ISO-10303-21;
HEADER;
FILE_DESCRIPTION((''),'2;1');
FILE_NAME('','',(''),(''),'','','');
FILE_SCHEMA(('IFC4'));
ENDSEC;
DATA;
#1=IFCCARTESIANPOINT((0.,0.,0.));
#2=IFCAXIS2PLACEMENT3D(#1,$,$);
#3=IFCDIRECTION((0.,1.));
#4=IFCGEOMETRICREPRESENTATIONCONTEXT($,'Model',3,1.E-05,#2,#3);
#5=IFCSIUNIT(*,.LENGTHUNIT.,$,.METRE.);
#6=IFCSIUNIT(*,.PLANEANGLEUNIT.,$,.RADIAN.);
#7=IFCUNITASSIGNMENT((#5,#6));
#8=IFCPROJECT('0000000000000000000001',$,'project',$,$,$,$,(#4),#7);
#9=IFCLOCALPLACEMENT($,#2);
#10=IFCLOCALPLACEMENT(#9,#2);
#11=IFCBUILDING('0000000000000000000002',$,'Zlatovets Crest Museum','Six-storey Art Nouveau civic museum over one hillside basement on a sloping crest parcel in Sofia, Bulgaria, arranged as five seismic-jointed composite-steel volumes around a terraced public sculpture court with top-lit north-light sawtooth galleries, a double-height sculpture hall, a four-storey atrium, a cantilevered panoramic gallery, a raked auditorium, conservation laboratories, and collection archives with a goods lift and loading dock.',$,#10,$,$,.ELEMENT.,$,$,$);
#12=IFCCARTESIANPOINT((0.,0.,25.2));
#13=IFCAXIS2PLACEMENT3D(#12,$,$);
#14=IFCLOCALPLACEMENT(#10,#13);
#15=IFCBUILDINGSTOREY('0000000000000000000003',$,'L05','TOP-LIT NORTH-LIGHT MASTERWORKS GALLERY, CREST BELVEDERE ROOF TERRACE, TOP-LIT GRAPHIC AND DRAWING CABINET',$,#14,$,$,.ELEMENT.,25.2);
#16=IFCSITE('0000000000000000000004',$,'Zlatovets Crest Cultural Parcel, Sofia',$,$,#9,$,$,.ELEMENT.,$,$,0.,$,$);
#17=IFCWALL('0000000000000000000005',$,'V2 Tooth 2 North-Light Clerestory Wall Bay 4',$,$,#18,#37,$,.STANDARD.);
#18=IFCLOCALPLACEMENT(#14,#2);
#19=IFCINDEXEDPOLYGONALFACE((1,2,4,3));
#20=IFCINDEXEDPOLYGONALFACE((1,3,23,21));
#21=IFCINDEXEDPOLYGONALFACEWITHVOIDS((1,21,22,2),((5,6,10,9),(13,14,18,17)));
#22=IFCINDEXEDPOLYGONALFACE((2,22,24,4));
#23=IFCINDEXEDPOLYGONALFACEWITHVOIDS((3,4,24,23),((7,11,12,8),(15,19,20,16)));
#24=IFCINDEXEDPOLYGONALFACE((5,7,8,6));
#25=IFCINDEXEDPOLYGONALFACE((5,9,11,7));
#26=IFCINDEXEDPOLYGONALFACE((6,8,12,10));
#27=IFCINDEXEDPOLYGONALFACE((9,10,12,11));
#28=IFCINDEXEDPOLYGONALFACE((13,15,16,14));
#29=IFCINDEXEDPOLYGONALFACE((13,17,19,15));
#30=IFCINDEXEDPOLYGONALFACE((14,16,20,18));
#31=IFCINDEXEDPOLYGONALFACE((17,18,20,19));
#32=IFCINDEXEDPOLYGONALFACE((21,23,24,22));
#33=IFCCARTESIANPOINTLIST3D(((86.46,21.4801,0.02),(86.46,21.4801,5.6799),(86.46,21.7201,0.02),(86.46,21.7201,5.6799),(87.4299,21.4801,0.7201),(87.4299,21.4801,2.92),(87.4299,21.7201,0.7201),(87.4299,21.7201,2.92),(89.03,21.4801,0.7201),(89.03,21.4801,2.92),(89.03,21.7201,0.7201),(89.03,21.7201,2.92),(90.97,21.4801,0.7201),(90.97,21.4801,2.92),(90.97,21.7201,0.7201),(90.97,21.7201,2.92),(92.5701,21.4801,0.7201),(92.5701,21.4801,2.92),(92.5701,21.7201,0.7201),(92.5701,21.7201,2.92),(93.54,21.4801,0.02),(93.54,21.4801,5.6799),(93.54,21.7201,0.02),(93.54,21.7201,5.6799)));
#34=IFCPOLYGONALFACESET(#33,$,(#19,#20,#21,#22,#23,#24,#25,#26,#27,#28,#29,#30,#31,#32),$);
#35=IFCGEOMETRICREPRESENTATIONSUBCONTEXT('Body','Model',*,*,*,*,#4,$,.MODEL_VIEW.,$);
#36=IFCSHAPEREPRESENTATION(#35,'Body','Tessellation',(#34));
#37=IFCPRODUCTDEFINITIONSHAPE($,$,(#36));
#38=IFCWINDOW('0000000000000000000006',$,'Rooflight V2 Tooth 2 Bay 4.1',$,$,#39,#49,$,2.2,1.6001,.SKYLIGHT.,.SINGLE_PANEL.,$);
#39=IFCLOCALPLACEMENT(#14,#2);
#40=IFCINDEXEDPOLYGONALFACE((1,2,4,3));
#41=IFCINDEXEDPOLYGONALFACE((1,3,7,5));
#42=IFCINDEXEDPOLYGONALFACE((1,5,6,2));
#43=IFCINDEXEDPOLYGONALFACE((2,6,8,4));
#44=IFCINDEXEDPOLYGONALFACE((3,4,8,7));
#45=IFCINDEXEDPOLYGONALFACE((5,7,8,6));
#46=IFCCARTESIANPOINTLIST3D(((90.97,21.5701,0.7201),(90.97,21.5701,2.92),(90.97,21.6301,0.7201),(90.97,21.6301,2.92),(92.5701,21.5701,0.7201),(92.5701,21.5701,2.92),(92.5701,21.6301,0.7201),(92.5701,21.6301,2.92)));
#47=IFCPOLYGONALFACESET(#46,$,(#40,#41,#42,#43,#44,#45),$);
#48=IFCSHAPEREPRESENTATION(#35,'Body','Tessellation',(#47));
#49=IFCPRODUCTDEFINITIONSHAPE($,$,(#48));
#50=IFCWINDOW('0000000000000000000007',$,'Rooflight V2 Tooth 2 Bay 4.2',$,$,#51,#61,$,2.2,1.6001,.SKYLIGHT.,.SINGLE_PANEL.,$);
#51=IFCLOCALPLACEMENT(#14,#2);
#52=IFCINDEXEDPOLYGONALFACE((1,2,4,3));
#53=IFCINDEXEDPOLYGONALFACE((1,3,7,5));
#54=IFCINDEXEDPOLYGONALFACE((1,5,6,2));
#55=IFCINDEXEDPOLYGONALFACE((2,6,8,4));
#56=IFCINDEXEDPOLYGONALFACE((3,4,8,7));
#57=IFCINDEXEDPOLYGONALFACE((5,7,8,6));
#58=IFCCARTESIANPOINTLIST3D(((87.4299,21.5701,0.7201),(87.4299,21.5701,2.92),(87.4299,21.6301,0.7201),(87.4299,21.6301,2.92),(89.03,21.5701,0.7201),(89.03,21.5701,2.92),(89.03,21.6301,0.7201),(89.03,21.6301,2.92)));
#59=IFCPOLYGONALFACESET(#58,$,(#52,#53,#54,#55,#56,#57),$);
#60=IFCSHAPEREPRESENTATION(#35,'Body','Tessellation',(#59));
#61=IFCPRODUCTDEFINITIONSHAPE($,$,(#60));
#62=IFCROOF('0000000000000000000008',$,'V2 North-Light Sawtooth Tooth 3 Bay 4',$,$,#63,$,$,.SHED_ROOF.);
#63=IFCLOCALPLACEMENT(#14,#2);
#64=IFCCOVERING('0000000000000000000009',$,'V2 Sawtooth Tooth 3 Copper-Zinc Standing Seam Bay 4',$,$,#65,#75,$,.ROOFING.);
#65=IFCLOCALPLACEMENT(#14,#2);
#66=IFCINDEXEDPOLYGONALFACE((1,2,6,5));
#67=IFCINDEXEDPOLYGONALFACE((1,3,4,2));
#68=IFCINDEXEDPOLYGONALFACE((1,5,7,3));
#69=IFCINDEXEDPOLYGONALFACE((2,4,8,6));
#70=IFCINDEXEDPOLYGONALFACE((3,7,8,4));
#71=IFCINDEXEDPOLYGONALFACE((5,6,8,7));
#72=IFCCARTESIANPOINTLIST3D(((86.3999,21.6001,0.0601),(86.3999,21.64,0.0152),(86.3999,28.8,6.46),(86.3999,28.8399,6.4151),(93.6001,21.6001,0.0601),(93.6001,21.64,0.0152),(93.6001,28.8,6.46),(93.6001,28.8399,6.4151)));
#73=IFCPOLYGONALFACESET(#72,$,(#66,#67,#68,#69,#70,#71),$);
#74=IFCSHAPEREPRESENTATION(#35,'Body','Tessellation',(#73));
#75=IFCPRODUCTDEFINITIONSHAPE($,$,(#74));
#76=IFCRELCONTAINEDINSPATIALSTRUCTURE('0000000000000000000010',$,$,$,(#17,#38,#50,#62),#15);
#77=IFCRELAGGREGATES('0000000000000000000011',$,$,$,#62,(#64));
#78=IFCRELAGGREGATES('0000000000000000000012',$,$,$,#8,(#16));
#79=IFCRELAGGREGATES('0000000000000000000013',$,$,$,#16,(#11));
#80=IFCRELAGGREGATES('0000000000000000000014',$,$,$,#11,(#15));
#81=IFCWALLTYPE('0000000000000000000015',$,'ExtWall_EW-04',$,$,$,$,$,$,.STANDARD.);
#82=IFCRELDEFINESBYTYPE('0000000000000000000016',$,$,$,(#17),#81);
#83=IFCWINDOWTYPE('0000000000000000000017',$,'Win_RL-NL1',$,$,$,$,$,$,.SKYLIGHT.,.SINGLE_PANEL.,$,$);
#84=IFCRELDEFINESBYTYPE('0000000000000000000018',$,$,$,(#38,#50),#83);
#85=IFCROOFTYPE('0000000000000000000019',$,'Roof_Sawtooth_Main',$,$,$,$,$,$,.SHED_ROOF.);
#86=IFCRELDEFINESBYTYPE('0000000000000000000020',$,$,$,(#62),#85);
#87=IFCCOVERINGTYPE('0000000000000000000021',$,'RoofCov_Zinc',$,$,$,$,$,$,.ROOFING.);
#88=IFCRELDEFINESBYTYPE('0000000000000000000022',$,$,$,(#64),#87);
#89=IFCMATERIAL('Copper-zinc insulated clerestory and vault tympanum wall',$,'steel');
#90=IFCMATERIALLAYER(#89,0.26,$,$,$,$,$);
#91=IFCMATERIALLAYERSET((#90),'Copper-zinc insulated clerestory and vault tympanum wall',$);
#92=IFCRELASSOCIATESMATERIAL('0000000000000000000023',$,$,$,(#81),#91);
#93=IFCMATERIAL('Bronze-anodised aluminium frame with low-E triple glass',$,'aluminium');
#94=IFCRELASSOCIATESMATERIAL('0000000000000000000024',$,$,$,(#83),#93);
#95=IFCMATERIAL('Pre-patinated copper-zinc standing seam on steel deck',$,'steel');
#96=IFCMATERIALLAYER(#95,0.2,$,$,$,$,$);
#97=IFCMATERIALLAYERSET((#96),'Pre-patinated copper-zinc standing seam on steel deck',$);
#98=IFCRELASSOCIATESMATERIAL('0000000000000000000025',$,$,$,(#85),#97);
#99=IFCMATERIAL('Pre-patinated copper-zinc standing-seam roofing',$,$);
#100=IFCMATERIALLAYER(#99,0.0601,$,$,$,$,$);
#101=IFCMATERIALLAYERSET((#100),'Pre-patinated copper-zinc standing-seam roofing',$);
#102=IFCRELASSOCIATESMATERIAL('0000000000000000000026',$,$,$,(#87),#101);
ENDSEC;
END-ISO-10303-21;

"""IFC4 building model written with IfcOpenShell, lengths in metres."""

from ifc_helpers import new_model, si_unit, direction, frame, frame_2d, origin, place, context, subcontext, project, spatial, polyline, rectangle, outline, extrude, material, layer, layer_set, type_object, element, fill, aggregate, save


model = new_model("IFC4")

# Units and contexts
model_context = context("Model", 3, precision=1e-05, world=origin(), true_north=direction((0.0, 1.0)))
body_context = subcontext(model_context, "Body", "Model", "MODEL_VIEW")
ifc_project = project(units=[si_unit("LENGTHUNIT", "METRE"), si_unit("PLANEANGLEUNIT", "RADIAN")], contexts=[model_context])

# Site, building, storey
site_placement = place(None, origin())
site = spatial("IfcSite", under=ifc_project, at=site_placement, Name="Zlatovets Crest Cultural Parcel, Sofia", CompositionType="ELEMENT", RefElevation=0.0)
building_placement = place(site_placement, origin())
building = spatial("IfcBuilding", under=site, at=building_placement, Name="Zlatovets Crest Museum", Description="Six-storey Art Nouveau civic museum over one hillside basement on a sloping crest parcel in Sofia, Bulgaria, arranged as five seismic-jointed composite-steel volumes around a terraced public sculpture court with top-lit north-light sawtooth galleries, a double-height sculpture hall, a four-storey atrium, a cantilevered panoramic gallery, a raked auditorium, conservation laboratories, and collection archives with a goods lift and loading dock.", CompositionType="ELEMENT")
storey_placement = place(building_placement, frame((0.0, 0.0, 25.2)))
storey = spatial("IfcBuildingStorey", under=building, at=storey_placement, Name="L05", Description="TOP-LIT NORTH-LIGHT MASTERWORKS GALLERY, CREST BELVEDERE ROOF TERRACE, TOP-LIT GRAPHIC AND DRAWING CABINET", CompositionType="ELEMENT", Elevation=25.2)

# Wall, openings, windows
ifc_material_1 = material(Name="Copper-zinc insulated clerestory and vault tympanum wall", Category="steel")
ifc_layer_1 = layer(ifc_material_1, 0.26)
ifc_layer_set_1 = layer_set([ifc_layer_1], Name="Copper-zinc insulated clerestory and vault tympanum wall")
wall_type = type_object("IfcWallType", Name="ExtWall_EW-04", PredefinedType="STANDARD", material=ifc_layer_set_1)
wall_placement = place(storey_placement, frame((93.54, 21.6001, 0.02), z_axis=(0.0, 0.0, 1.0), x_axis=(-1.0, 0.0, 0.0)))
wall = element("IfcWall", 1, at=wall_placement, inside=storey, type_object=wall_type, Name="V2 Tooth 2 North-Light Clerestory Wall Bay 4", PredefinedType="STANDARD", context=body_context, shape_type="SweptSolid", body=[
    extrude(rectangle(XDim=7.0801, YDim=0.24, at=frame_2d((3.54, 0.0))), origin(), (0.0, 0.0, 1.0), 5.6599),
])
opening_1_placement = place(wall_placement, frame((0.97, 0.0, 0.7)))
opening_1 = element("IfcOpeningElement", 2, at=opening_1_placement, cuts=wall, PredefinedType="OPENING", context=body_context, shape_type="SweptSolid", body=[
    extrude(rectangle(XDim=1.6001, YDim=2.2, at=frame_2d((0.8, 1.1001))), frame((0.0, 0.1299, 0.0), z_axis=(0.0, -1.0, 0.0), x_axis=(1.0, 0.0, 0.0)), (0.0, 0.0, 1.0), 0.26),
])
opening_2_placement = place(wall_placement, frame((4.51, 0.0, 0.7)))
opening_2 = element("IfcOpeningElement", 3, at=opening_2_placement, cuts=wall, PredefinedType="OPENING", context=body_context, shape_type="SweptSolid", body=[
    extrude(rectangle(XDim=1.6001, YDim=2.2, at=frame_2d((0.8, 1.1001))), frame((0.0, 0.1299, 0.0), z_axis=(0.0, -1.0, 0.0), x_axis=(1.0, 0.0, 0.0)), (0.0, 0.0, 1.0), 0.26),
])
ifc_material_2 = material(Name="Bronze-anodised aluminium frame with low-E triple glass", Category="aluminium")
window_type = type_object("IfcWindowType", Name="Win_RL-NL1", PartitioningType="SINGLE_PANEL", PredefinedType="SKYLIGHT", material=ifc_material_2)
window_1_placement = place(opening_1_placement, origin())
window_1 = element("IfcWindow", 4, at=window_1_placement, inside=storey, type_object=window_type, Name="Rooflight V2 Tooth 2 Bay 4.1", OverallHeight=2.2, OverallWidth=1.6001, PartitioningType="SINGLE_PANEL", PredefinedType="SKYLIGHT", context=body_context, shape_type="SweptSolid", body=[
    extrude(rectangle(XDim=1.6001, YDim=2.2, at=frame_2d((0.8, 1.1001))), frame((0.0, 0.03, 0.0), z_axis=(0.0, -1.0, 0.0), x_axis=(1.0, 0.0, 0.0)), (0.0, 0.0, 1.0), 0.0601),
])
fill(opening_1, window_1)
window_2_placement = place(opening_2_placement, origin())
window_2 = element("IfcWindow", 5, at=window_2_placement, inside=storey, type_object=window_type, Name="Rooflight V2 Tooth 2 Bay 4.2", OverallHeight=2.2, OverallWidth=1.6001, PartitioningType="SINGLE_PANEL", PredefinedType="SKYLIGHT", context=body_context, shape_type="SweptSolid", body=[
    extrude(rectangle(XDim=1.6001, YDim=2.2, at=frame_2d((0.8, 1.1001))), frame((0.0, 0.03, 0.0), z_axis=(0.0, -1.0, 0.0), x_axis=(1.0, 0.0, 0.0)), (0.0, 0.0, 1.0), 0.0601),
])
fill(opening_2, window_2)

# Roof, covering
ifc_material_3 = material(Name="Pre-patinated copper-zinc standing seam on steel deck", Category="steel")
ifc_layer_2 = layer(ifc_material_3, 0.2)
ifc_layer_set_2 = layer_set([ifc_layer_2], Name="Pre-patinated copper-zinc standing seam on steel deck")
roof_type = type_object("IfcRoofType", Name="Roof_Sawtooth_Main", PredefinedType="SHED_ROOF", material=ifc_layer_set_2)
roof_placement = place(storey_placement, origin())
roof = element("IfcRoof", 6, at=roof_placement, inside=storey, type_object=roof_type, Name="V2 North-Light Sawtooth Tooth 3 Bay 4", PredefinedType="SHED_ROOF")
ifc_material_4 = material(Name="Pre-patinated copper-zinc standing-seam roofing")
ifc_layer_3 = layer(ifc_material_4, 0.0601)
ifc_layer_set_3 = layer_set([ifc_layer_3], Name="Pre-patinated copper-zinc standing-seam roofing")
covering_type = type_object("IfcCoveringType", Name="RoofCov_Zinc", PredefinedType="ROOFING", material=ifc_layer_set_3)
covering_placement = place(storey_placement, frame((86.3999, 21.6001, 0.0601), z_axis=(0.0, -0.664361, 0.747412), x_axis=(1.0, 0.0, 0.0)))
covering = element("IfcCovering", 7, at=covering_placement, type_object=covering_type, Name="V2 Sawtooth Tooth 3 Copper-Zinc Standing Seam Bay 4", PredefinedType="ROOFING", context=body_context, shape_type="SweptSolid", body=[
    extrude(outline(polyline([(0.0, 0.0), (7.2002, 0.0), (7.2002, 9.6332), (0.0, 9.6332), (0.0, 0.0)])), origin(), (0.0, 0.0, -1.0), 0.0601),
])
aggregate(roof, [covering])

save(model, "model.ifc")
